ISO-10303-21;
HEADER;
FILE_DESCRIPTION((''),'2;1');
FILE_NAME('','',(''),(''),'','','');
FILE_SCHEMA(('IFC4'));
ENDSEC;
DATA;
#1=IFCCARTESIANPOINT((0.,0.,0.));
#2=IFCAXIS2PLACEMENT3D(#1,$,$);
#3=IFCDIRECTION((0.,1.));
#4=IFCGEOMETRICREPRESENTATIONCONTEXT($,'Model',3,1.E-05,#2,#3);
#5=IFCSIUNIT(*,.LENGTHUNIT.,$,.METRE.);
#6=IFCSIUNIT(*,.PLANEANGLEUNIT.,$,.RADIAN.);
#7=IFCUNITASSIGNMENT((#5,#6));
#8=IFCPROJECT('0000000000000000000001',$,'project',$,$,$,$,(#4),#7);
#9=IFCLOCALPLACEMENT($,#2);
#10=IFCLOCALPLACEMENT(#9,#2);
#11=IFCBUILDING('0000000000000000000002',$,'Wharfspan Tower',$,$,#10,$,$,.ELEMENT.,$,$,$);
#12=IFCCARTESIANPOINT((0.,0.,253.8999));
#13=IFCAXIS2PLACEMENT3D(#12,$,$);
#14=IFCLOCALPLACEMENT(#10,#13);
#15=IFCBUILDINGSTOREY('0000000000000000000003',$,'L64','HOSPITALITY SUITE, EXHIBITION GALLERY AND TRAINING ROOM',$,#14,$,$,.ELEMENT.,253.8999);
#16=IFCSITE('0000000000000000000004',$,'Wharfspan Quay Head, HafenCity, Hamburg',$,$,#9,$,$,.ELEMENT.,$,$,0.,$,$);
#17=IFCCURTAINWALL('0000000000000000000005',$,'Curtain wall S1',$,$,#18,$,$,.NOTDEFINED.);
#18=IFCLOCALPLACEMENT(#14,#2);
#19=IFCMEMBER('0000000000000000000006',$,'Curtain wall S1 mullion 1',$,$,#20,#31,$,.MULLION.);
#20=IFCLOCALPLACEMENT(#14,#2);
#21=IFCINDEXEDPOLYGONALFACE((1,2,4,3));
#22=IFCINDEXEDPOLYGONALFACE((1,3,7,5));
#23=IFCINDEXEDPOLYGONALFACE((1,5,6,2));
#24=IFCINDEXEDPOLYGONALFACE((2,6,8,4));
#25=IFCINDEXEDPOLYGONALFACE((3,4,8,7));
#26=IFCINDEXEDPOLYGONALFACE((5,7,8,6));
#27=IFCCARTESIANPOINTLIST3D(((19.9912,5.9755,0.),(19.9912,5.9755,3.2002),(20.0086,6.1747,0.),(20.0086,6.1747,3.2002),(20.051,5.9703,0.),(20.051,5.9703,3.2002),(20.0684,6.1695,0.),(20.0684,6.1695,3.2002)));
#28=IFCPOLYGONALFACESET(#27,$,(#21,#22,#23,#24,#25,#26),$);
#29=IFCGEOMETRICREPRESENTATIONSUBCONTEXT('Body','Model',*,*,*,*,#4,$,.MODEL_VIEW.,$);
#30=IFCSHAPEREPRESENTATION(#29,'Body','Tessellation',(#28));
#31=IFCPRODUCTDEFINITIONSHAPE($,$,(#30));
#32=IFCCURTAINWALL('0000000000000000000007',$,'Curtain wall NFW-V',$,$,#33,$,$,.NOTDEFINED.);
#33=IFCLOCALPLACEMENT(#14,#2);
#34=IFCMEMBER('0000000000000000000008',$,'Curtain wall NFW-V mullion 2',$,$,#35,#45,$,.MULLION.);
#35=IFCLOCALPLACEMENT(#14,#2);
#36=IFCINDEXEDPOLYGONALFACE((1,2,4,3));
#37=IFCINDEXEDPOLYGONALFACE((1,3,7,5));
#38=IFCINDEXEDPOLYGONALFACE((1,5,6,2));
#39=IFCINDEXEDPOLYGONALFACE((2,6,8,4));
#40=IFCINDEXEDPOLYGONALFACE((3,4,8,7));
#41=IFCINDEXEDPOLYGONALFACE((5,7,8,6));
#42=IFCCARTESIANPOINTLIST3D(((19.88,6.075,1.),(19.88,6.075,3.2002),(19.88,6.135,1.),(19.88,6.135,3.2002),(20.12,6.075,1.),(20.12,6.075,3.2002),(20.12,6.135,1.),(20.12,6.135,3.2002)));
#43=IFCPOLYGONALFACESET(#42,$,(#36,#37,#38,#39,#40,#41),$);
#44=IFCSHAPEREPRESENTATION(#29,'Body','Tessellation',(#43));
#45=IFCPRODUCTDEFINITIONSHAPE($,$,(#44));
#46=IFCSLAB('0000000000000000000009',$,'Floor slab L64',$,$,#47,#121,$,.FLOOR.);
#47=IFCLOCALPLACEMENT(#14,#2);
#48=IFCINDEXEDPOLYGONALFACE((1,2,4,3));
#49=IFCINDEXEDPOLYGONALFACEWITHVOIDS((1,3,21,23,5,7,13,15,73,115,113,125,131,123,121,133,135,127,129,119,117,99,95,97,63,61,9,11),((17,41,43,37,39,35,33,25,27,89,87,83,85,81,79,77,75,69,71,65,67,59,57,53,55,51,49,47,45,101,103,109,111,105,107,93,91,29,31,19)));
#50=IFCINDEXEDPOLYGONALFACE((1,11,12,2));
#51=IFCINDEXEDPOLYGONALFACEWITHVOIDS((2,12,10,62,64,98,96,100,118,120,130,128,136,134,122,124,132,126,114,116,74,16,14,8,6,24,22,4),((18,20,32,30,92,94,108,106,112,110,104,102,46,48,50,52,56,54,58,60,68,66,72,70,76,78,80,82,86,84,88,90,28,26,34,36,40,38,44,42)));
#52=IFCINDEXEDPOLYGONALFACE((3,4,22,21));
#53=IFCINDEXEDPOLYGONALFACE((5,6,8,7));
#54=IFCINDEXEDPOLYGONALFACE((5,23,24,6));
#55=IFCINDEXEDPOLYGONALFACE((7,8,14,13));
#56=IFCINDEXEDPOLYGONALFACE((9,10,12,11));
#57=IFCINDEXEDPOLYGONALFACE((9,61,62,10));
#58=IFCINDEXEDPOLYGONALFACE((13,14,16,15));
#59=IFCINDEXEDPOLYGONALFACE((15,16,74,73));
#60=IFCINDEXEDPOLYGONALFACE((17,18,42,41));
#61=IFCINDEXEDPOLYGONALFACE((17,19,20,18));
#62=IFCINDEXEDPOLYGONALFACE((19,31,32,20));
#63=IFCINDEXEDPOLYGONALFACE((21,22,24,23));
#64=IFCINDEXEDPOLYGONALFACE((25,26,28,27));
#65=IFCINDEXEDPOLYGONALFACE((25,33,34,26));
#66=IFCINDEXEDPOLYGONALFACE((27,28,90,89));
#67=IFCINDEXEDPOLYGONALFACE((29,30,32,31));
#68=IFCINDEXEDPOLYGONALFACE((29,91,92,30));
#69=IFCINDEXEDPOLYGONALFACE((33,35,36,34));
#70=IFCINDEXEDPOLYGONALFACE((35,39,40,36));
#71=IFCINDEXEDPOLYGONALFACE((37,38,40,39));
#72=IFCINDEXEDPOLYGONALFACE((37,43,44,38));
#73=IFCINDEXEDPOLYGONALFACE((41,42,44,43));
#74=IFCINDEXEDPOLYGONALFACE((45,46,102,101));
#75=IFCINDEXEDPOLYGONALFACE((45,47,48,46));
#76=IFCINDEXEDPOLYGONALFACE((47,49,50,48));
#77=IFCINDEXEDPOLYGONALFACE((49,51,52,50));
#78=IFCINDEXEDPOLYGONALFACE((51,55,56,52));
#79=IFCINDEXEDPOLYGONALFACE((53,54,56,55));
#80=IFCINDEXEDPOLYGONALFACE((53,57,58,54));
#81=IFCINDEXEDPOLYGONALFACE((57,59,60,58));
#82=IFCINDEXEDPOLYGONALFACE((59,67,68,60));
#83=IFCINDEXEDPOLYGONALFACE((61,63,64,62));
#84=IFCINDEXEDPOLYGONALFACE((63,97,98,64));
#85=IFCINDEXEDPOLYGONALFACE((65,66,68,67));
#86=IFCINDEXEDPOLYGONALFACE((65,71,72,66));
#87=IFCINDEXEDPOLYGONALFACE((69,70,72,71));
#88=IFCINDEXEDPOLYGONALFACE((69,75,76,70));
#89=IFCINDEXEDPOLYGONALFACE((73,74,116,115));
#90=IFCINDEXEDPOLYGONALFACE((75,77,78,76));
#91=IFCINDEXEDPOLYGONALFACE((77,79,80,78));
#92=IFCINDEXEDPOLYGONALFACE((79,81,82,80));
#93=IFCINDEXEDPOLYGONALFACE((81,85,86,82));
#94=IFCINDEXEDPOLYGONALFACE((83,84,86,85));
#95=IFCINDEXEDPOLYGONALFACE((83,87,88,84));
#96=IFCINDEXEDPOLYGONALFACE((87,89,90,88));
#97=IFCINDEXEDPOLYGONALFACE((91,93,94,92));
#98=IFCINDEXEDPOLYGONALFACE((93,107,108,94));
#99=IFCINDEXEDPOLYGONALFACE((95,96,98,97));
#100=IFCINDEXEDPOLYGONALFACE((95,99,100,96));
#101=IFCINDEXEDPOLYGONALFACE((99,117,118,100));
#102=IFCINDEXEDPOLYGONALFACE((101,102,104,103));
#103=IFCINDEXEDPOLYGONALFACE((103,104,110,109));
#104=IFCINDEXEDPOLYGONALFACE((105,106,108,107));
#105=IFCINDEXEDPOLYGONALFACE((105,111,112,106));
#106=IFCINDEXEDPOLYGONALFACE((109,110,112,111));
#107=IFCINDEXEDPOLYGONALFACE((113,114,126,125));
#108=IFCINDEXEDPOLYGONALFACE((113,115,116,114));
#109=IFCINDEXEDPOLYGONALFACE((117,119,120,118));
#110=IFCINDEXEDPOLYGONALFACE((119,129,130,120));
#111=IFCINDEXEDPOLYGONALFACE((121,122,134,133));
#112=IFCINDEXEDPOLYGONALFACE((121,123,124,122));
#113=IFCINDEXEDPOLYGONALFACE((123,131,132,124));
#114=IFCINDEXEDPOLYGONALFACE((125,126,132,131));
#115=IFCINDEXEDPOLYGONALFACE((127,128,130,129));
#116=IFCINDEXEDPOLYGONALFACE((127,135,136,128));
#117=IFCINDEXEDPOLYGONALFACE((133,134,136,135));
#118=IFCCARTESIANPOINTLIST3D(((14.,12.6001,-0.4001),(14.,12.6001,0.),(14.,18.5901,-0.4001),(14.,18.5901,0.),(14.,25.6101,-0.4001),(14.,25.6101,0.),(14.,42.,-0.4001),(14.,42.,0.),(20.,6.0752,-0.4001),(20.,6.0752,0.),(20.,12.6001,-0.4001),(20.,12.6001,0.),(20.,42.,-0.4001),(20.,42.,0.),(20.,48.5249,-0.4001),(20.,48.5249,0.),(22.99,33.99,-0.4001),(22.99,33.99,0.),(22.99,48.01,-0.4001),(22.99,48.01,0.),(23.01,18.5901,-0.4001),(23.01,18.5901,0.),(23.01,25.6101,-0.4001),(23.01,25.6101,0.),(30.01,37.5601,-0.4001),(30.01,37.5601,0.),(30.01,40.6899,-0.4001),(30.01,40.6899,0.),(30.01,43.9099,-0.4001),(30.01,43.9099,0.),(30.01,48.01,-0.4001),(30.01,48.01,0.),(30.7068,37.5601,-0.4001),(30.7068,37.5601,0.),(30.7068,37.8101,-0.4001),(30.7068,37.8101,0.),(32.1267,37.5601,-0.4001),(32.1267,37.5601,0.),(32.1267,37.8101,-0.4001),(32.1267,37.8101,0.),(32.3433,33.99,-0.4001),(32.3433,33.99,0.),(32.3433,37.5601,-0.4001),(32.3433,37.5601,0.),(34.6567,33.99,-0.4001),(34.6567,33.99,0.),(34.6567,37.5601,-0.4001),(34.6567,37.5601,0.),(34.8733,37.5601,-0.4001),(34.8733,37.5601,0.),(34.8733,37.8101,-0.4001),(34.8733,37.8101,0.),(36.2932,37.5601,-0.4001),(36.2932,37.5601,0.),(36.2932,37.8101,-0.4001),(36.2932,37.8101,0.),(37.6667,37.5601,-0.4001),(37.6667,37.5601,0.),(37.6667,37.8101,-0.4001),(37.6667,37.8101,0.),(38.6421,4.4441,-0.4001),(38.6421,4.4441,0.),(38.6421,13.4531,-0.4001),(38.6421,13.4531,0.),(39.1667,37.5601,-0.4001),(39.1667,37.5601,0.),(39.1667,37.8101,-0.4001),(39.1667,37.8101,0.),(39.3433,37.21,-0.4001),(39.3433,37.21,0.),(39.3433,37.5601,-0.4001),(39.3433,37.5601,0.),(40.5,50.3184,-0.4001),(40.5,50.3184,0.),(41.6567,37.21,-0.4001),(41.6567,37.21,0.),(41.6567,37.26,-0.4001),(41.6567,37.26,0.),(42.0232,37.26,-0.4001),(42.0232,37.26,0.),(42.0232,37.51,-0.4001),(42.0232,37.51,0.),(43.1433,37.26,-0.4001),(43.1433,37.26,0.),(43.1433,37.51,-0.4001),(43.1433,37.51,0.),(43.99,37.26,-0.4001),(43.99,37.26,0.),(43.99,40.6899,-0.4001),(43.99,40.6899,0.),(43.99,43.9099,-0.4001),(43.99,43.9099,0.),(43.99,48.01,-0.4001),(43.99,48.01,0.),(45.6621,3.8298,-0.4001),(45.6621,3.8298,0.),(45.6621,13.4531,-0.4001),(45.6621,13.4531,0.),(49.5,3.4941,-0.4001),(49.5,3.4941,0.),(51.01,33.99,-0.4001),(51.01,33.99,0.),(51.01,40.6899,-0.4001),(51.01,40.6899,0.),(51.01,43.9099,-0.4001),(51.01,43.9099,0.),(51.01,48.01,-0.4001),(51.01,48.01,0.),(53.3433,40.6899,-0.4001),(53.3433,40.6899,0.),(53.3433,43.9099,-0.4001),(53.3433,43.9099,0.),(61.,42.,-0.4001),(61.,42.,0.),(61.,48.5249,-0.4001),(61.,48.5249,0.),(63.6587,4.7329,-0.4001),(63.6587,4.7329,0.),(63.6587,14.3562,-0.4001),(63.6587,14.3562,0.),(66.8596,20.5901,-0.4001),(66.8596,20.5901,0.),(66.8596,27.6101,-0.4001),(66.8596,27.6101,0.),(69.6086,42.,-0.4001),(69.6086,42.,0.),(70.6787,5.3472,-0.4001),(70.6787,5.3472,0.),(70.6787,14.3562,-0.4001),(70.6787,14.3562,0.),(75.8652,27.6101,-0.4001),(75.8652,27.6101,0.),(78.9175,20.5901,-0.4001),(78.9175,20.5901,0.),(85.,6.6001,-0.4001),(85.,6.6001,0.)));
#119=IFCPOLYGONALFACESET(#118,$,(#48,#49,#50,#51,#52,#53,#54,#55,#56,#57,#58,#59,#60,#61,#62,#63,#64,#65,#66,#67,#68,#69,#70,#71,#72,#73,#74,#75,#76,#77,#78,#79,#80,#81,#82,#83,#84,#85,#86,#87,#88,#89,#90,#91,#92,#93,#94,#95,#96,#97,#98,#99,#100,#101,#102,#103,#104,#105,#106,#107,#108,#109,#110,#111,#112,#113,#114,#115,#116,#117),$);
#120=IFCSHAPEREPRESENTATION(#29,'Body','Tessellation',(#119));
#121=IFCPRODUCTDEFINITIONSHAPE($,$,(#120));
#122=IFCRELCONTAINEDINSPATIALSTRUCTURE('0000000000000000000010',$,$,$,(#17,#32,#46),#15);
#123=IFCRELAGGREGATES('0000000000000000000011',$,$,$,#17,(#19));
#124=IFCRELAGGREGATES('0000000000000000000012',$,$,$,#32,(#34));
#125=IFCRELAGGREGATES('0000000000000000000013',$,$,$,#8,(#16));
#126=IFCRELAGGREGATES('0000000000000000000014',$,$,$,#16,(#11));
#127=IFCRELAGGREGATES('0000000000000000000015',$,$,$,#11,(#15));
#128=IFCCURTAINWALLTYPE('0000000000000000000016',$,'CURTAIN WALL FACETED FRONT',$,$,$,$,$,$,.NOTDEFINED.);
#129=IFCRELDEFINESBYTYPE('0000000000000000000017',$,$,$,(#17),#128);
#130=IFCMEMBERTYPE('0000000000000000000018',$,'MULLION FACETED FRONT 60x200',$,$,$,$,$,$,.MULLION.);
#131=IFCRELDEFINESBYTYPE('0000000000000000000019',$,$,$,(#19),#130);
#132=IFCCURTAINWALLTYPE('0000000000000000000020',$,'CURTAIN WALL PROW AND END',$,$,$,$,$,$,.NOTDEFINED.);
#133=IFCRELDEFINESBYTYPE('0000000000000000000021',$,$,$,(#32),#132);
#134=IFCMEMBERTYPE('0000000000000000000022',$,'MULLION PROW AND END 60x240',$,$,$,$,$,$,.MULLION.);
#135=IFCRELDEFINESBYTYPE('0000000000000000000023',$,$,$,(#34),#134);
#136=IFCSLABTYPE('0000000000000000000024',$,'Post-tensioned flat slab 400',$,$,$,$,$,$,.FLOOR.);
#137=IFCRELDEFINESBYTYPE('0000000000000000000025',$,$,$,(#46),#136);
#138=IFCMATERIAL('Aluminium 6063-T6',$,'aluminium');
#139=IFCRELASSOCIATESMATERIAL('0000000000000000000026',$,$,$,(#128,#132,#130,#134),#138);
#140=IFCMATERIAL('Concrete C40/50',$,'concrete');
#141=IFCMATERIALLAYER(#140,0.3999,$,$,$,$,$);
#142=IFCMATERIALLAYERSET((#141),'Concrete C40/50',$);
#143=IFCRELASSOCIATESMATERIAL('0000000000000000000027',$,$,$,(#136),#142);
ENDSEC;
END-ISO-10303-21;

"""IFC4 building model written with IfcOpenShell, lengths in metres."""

from ifc_helpers import new_model, si_unit, direction, frame, origin, origin_2d, place, context, subcontext, project, spatial, polyline, rectangle, outline, extrude, material, layer, layer_set, material_profile, profile_set, type_object, element, aggregate, save


model = new_model("IFC4")

# Units and contexts
model_context = context("Model", 3, precision=1e-05, world=origin(), true_north=direction((0.0, 1.0)))
body_context = subcontext(model_context, "Body", "Model", "MODEL_VIEW")
ifc_project = project(units=[si_unit("LENGTHUNIT", "METRE"), si_unit("PLANEANGLEUNIT", "RADIAN")], contexts=[model_context])

# Site, building, storey
site_placement = place(None, origin())
site = spatial("IfcSite", under=ifc_project, at=site_placement, Name="Wharfspan Quay Head, HafenCity, Hamburg", CompositionType="ELEMENT", RefElevation=0.0)
building_placement = place(site_placement, origin())
building = spatial("IfcBuilding", under=site, at=building_placement, Name="Wharfspan Tower", CompositionType="ELEMENT")
storey_placement = place(building_placement, frame((0.0, 0.0, 253.8999)))
storey = spatial("IfcBuildingStorey", under=building, at=storey_placement, Name="L64", Description="HOSPITALITY SUITE, EXHIBITION GALLERY AND TRAINING ROOM", CompositionType="ELEMENT", Elevation=253.8999)

# Curtain walls, members
ifc_material_1 = material(Name="Aluminium 6063-T6", Category="aluminium")
curtain_wall_type_1 = type_object("IfcCurtainWallType", Name="CURTAIN WALL FACETED FRONT", PredefinedType="NOTDEFINED", material=ifc_material_1)
curtain_wall_1_placement = place(storey_placement, origin())
curtain_wall_1 = element("IfcCurtainWall", 1, at=curtain_wall_1_placement, inside=storey, type_object=curtain_wall_type_1, Name="Curtain wall S1", PredefinedType="NOTDEFINED")
ifc_material_profile_1 = material_profile(ifc_material_1, rectangle(XDim=0.2, YDim=0.0601, at=origin_2d()))
ifc_profile_set_1 = profile_set([ifc_material_profile_1], Name="Aluminium 6063-T6")
member_type_1 = type_object("IfcMemberType", Name="MULLION FACETED FRONT 60x200", PredefinedType="MULLION", material=ifc_profile_set_1)
member_1_placement = place(storey_placement, frame((20.0298, 6.0725, 0.0), z_axis=(0.0, 0.0, 1.0), x_axis=(0.087156, 0.996197, 0.0)))
member_1 = element("IfcMember", 2, at=member_1_placement, type_object=member_type_1, Name="Curtain wall S1 mullion 1", PredefinedType="MULLION", context=body_context, shape_type="SweptSolid", body=[
    extrude(rectangle(XDim=0.2, YDim=0.0601, at=origin_2d()), origin(), (0.0, 0.0, 1.0), 3.2002),
])
aggregate(curtain_wall_1, [member_1])
curtain_wall_type_2 = type_object("IfcCurtainWallType", Name="CURTAIN WALL PROW AND END", PredefinedType="NOTDEFINED", material=ifc_material_1)
curtain_wall_2_placement = place(storey_placement, origin())
curtain_wall_2 = element("IfcCurtainWall", 3, at=curtain_wall_2_placement, inside=storey, type_object=curtain_wall_type_2, Name="Curtain wall NFW-V", PredefinedType="NOTDEFINED")
ifc_material_profile_2 = material_profile(ifc_material_1, rectangle(XDim=0.24, YDim=0.0601, at=origin_2d()))
ifc_profile_set_2 = profile_set([ifc_material_profile_2], Name="Aluminium 6063-T6")
member_type_2 = type_object("IfcMemberType", Name="MULLION PROW AND END 60x240", PredefinedType="MULLION", material=ifc_profile_set_2)
member_2_placement = place(storey_placement, frame((20.0, 6.105, 1.0), z_axis=(0.0, 0.0, 1.0), x_axis=(1.0, 0.0, 0.0)))
member_2 = element("IfcMember", 4, at=member_2_placement, type_object=member_type_2, Name="Curtain wall NFW-V mullion 2", PredefinedType="MULLION", context=body_context, shape_type="SweptSolid", body=[
    extrude(rectangle(XDim=0.24, YDim=0.0601, at=origin_2d()), origin(), (0.0, 0.0, 1.0), 2.2002),
])
aggregate(curtain_wall_2, [member_2])

# Slab
ifc_material_2 = material(Name="Concrete C40/50", Category="concrete")
ifc_layer_1 = layer(ifc_material_2, 0.3999)
ifc_layer_set_1 = layer_set([ifc_layer_1], Name="Concrete C40/50")
slab_type_1 = type_object("IfcSlabType", Name="Post-tensioned flat slab 400", PredefinedType="FLOOR", material=ifc_layer_set_1)
slab_1_placement = place(storey_placement, frame((0.0, 0.0, -0.4001)))
element("IfcSlab", 5, at=slab_1_placement, inside=storey, type_object=slab_type_1, Name="Floor slab L64", PredefinedType="FLOOR", context=body_context, shape_type="SweptSolid", body=[
    extrude(outline(polyline([(38.6421, 4.4441), (38.6421, 13.4531), (45.6621, 13.4531), (45.6621, 3.8298), (49.5, 3.4941), (63.6587, 4.7329), (63.6587, 14.3562), (70.6787, 14.3562), (70.6787, 5.3472), (85.0, 6.6001), (78.9175, 20.5901), (66.8596, 20.5901), (66.8596, 27.6101), (75.8652, 27.6101), (69.6086, 42.0), (61.0, 42.0), (61.0, 48.5249), (40.5, 50.3184), (20.0, 48.5249), (20.0, 42.0), (14.0, 42.0), (14.0, 25.6101), (23.01, 25.6101), (23.01, 18.5901), (14.0, 18.5901), (14.0, 12.6001), (20.0, 12.6001), (20.0, 6.0752), (38.6421, 4.4441)]), holes=[polyline([(32.1267, 37.5601), (32.3433, 37.5601), (32.3433, 33.99), (22.99, 33.99), (22.99, 48.01), (30.01, 48.01), (30.01, 43.9099), (43.99, 43.9099), (43.99, 48.01), (51.01, 48.01), (51.01, 43.9099), (53.3433, 43.9099), (53.3433, 40.6899), (51.01, 40.6899), (51.01, 33.99), (34.6567, 33.99), (34.6567, 37.5601), (34.8733, 37.5601), (34.8733, 37.8101), (36.2932, 37.8101), (36.2932, 37.5601), (37.6667, 37.5601), (37.6667, 37.8101), (39.1667, 37.8101), (39.1667, 37.5601), (39.3433, 37.5601), (39.3433, 37.21), (41.6567, 37.21), (41.6567, 37.26), (42.0232, 37.26), (42.0232, 37.51), (43.1433, 37.51), (43.1433, 37.26), (43.99, 37.26), (43.99, 40.6899), (30.01, 40.6899), (30.01, 37.5601), (30.7068, 37.5601), (30.7068, 37.8101), (32.1267, 37.8101), (32.1267, 37.5601)])]), origin(), (0.0, 0.0, 1.0), 0.4001),
])

save(model, "model.ifc")
